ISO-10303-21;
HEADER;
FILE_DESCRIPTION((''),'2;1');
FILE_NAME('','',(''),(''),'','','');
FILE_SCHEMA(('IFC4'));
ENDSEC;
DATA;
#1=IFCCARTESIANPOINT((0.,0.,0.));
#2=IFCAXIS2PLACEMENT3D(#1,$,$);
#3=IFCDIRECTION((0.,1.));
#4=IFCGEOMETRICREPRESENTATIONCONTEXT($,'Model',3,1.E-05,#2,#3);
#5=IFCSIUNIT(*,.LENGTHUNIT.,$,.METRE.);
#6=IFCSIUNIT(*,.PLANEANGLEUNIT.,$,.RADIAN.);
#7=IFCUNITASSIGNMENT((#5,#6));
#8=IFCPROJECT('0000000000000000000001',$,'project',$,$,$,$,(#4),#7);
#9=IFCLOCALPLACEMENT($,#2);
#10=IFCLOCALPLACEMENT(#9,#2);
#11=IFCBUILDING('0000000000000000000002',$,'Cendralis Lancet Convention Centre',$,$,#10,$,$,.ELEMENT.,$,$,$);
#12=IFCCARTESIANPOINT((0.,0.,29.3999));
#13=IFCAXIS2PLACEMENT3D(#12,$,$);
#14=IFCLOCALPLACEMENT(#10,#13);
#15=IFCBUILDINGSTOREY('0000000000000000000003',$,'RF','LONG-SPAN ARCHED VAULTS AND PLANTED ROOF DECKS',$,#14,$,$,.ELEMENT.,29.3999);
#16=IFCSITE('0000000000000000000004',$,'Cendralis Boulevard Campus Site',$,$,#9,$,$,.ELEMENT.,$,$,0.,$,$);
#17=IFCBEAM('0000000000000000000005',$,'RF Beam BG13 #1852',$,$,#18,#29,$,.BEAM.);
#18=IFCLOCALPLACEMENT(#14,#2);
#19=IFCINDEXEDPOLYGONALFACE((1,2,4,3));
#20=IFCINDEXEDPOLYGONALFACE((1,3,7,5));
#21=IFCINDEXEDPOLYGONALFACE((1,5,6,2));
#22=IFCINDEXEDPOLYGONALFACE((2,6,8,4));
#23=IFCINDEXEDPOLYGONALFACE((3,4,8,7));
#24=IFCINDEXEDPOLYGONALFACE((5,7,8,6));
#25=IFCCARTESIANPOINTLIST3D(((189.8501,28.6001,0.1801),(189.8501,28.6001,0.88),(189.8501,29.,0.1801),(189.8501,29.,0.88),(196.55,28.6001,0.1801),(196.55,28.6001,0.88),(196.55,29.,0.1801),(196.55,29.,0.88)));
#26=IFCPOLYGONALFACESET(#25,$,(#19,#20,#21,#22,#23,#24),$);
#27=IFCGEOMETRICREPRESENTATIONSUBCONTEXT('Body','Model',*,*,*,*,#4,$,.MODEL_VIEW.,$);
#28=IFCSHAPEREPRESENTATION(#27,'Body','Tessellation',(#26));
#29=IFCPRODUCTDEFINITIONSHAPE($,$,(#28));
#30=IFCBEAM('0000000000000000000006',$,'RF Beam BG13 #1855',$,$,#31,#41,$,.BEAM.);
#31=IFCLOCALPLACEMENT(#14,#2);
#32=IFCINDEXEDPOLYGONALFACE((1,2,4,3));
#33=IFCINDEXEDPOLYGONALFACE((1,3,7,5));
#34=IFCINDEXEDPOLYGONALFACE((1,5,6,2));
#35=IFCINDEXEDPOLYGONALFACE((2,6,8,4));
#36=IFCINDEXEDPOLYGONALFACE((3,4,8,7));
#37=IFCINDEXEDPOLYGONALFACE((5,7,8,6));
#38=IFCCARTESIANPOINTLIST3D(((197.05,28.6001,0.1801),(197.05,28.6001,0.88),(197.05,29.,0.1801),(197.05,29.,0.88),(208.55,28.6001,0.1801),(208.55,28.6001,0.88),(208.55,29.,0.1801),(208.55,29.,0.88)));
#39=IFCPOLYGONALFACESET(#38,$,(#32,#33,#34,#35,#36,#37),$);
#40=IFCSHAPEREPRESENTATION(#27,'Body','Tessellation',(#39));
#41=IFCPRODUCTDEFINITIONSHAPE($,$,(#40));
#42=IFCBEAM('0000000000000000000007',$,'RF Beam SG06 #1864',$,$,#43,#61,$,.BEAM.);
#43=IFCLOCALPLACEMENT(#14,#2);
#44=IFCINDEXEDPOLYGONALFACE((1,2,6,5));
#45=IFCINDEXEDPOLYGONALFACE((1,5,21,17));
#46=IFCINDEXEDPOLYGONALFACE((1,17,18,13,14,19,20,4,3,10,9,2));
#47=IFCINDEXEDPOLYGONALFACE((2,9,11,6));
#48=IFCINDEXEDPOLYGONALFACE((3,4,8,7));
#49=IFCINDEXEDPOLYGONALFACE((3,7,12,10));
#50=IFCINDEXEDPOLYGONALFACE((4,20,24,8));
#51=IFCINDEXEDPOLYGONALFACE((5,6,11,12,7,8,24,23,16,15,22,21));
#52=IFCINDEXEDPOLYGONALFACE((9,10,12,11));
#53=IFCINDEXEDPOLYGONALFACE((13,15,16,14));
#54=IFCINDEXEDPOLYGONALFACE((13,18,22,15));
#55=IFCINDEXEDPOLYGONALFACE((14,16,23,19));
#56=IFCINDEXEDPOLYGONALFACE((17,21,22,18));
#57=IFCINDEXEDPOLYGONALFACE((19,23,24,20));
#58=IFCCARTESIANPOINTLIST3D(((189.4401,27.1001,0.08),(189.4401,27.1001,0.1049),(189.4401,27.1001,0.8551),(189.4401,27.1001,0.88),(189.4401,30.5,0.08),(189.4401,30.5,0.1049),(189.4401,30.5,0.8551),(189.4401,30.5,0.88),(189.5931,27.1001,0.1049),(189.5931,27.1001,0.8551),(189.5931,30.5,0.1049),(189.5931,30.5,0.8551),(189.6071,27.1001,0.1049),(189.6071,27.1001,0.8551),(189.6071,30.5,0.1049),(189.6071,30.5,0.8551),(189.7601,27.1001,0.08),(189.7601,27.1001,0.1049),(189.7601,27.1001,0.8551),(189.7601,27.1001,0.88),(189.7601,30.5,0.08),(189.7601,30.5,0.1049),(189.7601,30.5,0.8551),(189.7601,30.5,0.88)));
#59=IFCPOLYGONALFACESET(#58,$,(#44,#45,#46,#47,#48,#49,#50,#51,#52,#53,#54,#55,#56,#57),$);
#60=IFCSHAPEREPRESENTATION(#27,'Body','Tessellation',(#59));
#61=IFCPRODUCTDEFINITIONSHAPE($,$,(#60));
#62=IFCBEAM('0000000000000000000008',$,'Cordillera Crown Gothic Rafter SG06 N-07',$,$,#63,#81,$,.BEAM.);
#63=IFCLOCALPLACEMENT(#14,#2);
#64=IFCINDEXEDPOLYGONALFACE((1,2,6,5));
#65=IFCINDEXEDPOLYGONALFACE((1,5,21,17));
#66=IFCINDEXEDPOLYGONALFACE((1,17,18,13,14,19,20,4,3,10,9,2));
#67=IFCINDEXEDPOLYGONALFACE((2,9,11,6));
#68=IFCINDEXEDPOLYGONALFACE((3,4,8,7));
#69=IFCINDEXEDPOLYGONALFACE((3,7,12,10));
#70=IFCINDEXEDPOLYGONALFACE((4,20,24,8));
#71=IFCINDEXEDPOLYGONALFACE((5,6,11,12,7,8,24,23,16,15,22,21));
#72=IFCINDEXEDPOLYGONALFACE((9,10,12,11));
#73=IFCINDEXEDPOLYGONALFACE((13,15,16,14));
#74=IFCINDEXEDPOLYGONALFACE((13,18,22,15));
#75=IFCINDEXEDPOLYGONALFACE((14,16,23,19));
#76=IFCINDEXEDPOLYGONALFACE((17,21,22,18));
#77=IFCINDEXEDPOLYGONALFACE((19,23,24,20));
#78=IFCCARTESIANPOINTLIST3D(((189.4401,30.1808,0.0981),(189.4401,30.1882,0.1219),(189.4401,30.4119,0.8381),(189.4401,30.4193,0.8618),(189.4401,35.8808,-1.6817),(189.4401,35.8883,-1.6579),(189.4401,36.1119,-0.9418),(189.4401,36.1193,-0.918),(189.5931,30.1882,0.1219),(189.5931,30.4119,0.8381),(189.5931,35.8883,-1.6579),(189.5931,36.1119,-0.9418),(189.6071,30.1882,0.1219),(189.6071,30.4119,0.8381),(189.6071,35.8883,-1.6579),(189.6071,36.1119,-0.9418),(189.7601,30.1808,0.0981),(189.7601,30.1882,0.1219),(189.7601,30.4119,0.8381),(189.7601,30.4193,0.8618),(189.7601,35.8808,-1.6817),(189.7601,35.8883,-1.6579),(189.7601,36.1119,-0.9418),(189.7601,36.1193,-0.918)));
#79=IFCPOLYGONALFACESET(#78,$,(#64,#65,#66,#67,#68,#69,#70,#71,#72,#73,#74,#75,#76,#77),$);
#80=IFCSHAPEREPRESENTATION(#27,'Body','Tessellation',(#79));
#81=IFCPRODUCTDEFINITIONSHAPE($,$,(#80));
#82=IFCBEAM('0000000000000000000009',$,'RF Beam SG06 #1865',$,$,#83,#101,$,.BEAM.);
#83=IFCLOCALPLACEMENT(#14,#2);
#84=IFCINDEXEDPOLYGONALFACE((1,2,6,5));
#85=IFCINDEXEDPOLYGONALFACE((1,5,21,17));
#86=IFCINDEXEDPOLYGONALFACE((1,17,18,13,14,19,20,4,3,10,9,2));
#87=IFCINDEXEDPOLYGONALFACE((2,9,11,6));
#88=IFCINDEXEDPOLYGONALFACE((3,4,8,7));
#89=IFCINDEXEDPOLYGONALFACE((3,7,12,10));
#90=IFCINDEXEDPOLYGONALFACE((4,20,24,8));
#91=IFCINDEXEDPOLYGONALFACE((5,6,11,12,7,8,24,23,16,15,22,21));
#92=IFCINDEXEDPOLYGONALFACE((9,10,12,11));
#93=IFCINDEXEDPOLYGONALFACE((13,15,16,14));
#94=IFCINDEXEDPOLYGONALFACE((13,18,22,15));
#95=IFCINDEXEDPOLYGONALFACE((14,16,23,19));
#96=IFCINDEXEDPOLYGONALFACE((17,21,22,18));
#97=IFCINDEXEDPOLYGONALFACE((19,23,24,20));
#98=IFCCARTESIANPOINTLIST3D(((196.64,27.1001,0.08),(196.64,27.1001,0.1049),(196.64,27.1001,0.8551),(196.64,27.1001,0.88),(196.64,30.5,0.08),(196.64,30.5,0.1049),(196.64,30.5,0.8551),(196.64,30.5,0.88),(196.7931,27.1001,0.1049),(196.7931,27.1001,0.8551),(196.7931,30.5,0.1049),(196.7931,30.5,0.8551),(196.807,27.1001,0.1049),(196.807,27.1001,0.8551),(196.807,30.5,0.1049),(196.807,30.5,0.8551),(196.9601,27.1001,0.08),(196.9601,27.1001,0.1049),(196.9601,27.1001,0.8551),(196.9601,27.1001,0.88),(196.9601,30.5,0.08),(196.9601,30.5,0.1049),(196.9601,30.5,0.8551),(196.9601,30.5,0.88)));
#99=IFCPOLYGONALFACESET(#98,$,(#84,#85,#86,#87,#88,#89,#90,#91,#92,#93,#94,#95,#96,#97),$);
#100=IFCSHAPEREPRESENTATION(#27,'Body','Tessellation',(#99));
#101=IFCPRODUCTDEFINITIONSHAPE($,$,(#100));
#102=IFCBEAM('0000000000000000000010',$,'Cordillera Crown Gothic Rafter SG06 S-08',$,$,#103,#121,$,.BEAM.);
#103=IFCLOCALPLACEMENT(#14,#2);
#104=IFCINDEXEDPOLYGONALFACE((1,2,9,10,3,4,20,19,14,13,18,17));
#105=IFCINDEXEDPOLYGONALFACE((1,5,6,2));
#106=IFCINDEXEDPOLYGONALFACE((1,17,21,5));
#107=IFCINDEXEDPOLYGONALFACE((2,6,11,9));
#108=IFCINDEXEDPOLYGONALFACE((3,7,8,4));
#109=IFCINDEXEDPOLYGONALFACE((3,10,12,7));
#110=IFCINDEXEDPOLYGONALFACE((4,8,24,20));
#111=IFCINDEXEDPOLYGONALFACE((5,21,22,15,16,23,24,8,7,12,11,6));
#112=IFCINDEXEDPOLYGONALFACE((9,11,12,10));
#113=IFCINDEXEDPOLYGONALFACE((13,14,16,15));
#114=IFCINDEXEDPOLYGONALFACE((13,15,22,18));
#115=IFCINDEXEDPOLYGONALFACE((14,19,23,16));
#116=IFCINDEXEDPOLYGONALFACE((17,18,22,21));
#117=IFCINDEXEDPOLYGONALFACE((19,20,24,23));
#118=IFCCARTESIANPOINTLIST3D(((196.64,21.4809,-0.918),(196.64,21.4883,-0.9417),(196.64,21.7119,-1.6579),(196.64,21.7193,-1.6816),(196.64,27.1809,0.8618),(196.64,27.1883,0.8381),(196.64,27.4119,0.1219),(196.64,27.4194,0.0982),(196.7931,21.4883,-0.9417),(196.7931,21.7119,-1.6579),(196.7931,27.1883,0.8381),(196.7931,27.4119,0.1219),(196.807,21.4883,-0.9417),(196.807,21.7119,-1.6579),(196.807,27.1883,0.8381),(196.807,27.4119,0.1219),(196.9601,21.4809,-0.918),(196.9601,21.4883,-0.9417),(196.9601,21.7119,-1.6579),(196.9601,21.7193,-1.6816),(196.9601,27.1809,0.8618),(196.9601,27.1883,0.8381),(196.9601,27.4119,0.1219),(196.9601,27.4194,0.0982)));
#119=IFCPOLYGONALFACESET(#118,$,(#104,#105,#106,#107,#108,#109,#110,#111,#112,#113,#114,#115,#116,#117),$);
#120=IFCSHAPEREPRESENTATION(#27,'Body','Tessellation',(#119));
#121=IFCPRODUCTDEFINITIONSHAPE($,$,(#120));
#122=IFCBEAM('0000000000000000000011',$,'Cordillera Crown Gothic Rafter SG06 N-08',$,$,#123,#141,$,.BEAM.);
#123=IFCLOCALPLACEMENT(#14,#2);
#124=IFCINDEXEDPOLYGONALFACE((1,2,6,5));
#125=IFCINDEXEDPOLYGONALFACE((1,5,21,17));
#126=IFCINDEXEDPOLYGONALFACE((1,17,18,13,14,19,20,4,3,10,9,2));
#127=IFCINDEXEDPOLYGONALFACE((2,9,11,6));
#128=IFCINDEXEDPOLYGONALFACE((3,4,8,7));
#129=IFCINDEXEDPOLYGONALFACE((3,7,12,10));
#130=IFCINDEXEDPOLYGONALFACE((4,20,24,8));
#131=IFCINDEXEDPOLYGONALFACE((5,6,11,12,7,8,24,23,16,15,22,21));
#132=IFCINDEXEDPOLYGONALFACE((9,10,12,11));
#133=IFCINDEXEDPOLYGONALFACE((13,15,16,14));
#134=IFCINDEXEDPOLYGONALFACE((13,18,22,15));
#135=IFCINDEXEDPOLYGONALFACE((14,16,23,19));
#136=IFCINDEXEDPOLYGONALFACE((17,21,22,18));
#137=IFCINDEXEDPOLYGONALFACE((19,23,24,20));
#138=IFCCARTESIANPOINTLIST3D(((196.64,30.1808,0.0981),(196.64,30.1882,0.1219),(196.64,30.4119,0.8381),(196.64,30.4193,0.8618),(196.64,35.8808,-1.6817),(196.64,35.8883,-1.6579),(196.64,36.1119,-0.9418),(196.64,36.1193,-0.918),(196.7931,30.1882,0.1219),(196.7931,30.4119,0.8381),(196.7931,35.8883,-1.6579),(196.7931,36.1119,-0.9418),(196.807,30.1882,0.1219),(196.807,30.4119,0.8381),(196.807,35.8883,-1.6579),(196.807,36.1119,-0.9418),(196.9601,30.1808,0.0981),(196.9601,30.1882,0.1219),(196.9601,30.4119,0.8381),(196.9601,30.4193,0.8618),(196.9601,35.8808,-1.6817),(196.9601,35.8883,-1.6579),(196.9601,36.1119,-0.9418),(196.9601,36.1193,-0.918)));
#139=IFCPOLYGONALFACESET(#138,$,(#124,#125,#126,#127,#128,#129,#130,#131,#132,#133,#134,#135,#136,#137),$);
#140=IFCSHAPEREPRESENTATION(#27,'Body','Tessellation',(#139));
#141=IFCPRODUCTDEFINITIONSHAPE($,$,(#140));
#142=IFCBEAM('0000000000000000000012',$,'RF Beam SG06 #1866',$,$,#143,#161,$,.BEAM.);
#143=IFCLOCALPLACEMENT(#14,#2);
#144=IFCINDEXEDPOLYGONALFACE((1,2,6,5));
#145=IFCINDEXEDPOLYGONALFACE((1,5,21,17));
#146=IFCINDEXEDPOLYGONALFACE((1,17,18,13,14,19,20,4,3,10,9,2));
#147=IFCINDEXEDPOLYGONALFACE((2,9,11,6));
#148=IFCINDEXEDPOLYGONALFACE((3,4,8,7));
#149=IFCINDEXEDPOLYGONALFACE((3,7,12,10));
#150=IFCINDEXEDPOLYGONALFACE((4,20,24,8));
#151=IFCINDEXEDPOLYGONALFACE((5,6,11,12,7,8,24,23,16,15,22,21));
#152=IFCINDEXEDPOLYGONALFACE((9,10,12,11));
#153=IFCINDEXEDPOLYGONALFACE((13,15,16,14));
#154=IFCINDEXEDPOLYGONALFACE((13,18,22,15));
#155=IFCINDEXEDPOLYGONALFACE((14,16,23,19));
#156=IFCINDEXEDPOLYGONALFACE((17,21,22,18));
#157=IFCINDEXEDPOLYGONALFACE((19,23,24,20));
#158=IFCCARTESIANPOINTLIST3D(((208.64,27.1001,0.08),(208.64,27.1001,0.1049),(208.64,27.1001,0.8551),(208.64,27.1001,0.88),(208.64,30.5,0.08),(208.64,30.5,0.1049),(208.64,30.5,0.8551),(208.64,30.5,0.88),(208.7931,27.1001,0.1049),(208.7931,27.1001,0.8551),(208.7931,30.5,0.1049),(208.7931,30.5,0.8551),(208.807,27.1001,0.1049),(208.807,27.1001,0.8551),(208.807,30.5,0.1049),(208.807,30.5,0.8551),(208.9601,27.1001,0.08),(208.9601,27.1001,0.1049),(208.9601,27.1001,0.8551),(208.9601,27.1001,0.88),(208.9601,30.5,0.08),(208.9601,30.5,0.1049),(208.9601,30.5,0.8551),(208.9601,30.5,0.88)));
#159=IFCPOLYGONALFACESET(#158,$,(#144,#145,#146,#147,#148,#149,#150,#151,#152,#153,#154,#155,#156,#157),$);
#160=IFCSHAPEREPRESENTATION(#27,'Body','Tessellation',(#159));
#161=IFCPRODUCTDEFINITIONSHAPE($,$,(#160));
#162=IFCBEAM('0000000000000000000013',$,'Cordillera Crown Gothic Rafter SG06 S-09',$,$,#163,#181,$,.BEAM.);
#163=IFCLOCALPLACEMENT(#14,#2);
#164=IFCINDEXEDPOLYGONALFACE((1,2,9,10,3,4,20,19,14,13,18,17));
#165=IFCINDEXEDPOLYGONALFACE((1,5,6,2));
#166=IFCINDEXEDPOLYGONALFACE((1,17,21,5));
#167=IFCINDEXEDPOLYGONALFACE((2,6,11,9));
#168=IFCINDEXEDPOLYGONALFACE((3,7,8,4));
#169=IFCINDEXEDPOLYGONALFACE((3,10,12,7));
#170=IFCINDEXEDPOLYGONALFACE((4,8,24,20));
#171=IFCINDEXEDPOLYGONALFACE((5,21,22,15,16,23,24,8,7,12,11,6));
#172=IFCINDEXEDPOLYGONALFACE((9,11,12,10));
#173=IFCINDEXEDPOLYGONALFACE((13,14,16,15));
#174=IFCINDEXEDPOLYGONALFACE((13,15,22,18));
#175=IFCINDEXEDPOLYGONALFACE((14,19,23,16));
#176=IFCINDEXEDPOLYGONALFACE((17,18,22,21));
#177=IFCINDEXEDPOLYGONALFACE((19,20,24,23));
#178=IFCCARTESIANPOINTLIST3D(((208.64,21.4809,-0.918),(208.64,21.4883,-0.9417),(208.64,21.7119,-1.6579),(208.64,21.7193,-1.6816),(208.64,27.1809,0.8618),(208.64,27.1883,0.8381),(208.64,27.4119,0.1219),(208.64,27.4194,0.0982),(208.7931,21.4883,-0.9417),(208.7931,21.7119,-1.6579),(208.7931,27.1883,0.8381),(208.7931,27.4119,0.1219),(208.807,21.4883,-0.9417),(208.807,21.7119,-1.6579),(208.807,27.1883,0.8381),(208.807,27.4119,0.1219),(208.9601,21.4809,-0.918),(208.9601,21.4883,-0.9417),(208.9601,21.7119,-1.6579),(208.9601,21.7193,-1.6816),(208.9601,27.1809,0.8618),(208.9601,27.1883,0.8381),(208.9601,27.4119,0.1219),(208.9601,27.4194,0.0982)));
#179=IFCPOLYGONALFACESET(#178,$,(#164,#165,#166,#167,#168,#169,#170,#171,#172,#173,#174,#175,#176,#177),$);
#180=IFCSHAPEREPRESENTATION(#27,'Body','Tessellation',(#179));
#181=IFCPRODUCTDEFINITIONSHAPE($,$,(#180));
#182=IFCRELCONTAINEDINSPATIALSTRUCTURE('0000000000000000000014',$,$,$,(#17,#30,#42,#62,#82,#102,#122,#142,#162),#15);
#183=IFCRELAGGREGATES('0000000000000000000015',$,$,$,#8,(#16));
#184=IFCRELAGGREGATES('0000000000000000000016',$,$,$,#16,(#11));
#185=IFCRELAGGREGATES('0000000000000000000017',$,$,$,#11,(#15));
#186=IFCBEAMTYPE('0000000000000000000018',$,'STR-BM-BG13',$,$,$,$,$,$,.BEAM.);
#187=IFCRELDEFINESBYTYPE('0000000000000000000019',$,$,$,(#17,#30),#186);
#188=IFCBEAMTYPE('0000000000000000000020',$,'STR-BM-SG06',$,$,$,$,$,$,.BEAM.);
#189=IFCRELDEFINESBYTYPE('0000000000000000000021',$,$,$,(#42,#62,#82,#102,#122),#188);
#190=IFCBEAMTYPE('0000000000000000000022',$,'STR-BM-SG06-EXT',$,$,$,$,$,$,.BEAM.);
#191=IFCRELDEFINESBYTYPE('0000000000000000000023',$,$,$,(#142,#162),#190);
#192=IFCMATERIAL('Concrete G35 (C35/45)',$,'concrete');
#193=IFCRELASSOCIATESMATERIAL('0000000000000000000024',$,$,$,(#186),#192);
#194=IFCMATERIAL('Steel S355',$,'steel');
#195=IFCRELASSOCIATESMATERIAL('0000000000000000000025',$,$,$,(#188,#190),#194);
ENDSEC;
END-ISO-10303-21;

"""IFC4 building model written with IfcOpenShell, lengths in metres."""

from ifc_helpers import new_model, si_unit, direction, frame, origin, origin_2d, place, context, subcontext, project, spatial, rectangle, i_section, extrude, material, material_profile, profile_set, type_object, element, save


model = new_model("IFC4")

# Units and contexts
model_context = context("Model", 3, precision=1e-05, world=origin(), true_north=direction((0.0, 1.0)))
body_context = subcontext(model_context, "Body", "Model", "MODEL_VIEW")
ifc_project = project(units=[si_unit("LENGTHUNIT", "METRE"), si_unit("PLANEANGLEUNIT", "RADIAN")], contexts=[model_context])

# Site, building, storey
site_placement = place(None, origin())
site = spatial("IfcSite", under=ifc_project, at=site_placement, Name="Cendralis Boulevard Campus Site", CompositionType="ELEMENT", RefElevation=0.0)
building_placement = place(site_placement, origin())
building = spatial("IfcBuilding", under=site, at=building_placement, Name="Cendralis Lancet Convention Centre", CompositionType="ELEMENT")
storey_placement = place(building_placement, frame((0.0, 0.0, 29.3999)))
storey = spatial("IfcBuildingStorey", under=building, at=storey_placement, Name="RF", Description="LONG-SPAN ARCHED VAULTS AND PLANTED ROOF DECKS", CompositionType="ELEMENT", Elevation=29.3999)

# Beams
ifc_material_1 = material(Name="Concrete G35 (C35/45)", Category="concrete")
ifc_material_profile_1 = material_profile(ifc_material_1, rectangle(XDim=0.3999, YDim=0.7, at=origin_2d()), Name="RCB 400x700")
ifc_profile_set_1 = profile_set([ifc_material_profile_1], Name="Concrete G35 (C35/45)")
beam_type_1 = type_object("IfcBeamType", Name="STR-BM-BG13", PredefinedType="BEAM", material=ifc_profile_set_1)
beam_1_placement = place(storey_placement, frame((189.8501, 28.8, 0.53), z_axis=(1.0, 0.0, 0.0), x_axis=(0.0, 1.0, 0.0)))
element("IfcBeam", 1, at=beam_1_placement, inside=storey, type_object=beam_type_1, Name="RF Beam BG13 #1852", PredefinedType="BEAM", context=body_context, shape_type="SweptSolid", body=[
    extrude(rectangle(XDim=0.3999, YDim=0.7, at=origin_2d()), origin(), (0.0, 0.0, 1.0), 6.7),
])
beam_2_placement = place(storey_placement, frame((197.05, 28.8, 0.53), z_axis=(1.0, 0.0, 0.0), x_axis=(0.0, 1.0, 0.0)))
element("IfcBeam", 2, at=beam_2_placement, inside=storey, type_object=beam_type_1, Name="RF Beam BG13 #1855", PredefinedType="BEAM", context=body_context, shape_type="SweptSolid", body=[
    extrude(rectangle(XDim=0.3999, YDim=0.7, at=origin_2d()), origin(), (0.0, 0.0, 1.0), 11.5),
])
ifc_material_2 = material(Name="Steel S355", Category="steel")
ifc_material_profile_2 = material_profile(ifc_material_2, i_section(OverallWidth=0.3201, OverallDepth=0.8, WebThickness=0.0139, FlangeThickness=0.0249, at=origin_2d()), Name="PG 800x320")
ifc_profile_set_2 = profile_set([ifc_material_profile_2], Name="Steel S355")
beam_type_2 = type_object("IfcBeamType", Name="STR-BM-SG06", PredefinedType="BEAM", material=ifc_profile_set_2)
beam_3_placement = place(storey_placement, frame((189.6001, 27.1001, 0.48), z_axis=(0.0, 1.0, 0.0), x_axis=(-1.0, 0.0, 0.0)))
element("IfcBeam", 3, at=beam_3_placement, inside=storey, type_object=beam_type_2, Name="RF Beam SG06 #1864", PredefinedType="BEAM", context=body_context, shape_type="SweptSolid", body=[
    extrude(i_section(OverallWidth=0.3201, OverallDepth=0.8, WebThickness=0.0139, FlangeThickness=0.0249, at=origin_2d()), origin(), (0.0, 0.0, 1.0), 3.3999),
])
beam_4_placement = place(storey_placement, frame((189.6001, 30.3, 0.48), z_axis=(0.0, 0.954549, -0.298054), x_axis=(-1.0, 0.0, 0.0)))
element("IfcBeam", 4, at=beam_4_placement, inside=storey, type_object=beam_type_2, Name="Cordillera Crown Gothic Rafter SG06 N-07", PredefinedType="BEAM", context=body_context, shape_type="SweptSolid", body=[
    extrude(i_section(OverallWidth=0.3201, OverallDepth=0.8, WebThickness=0.0139, FlangeThickness=0.0249, at=origin_2d()), origin(), (0.0, 0.0, 1.0), 5.9714),
])
beam_5_placement = place(storey_placement, frame((196.8, 27.1001, 0.48), z_axis=(0.0, 1.0, 0.0), x_axis=(-1.0, 0.0, 0.0)))
element("IfcBeam", 5, at=beam_5_placement, inside=storey, type_object=beam_type_2, Name="RF Beam SG06 #1865", PredefinedType="BEAM", context=body_context, shape_type="SweptSolid", body=[
    extrude(i_section(OverallWidth=0.3201, OverallDepth=0.8, WebThickness=0.0139, FlangeThickness=0.0249, at=origin_2d()), origin(), (0.0, 0.0, 1.0), 3.3999),
])
for number, where, z_axis, x_axis, name in (
    (6, (196.8, 21.6001, -1.2998), (0.0, 0.954549, 0.298054), (-1.0, 0.0, 0.0), "Cordillera Crown Gothic Rafter SG06 S-08"),
    (7, (196.8, 30.3, 0.48), (0.0, 0.954549, -0.298054), (-1.0, 0.0, 0.0), "Cordillera Crown Gothic Rafter SG06 N-08"),
):
    element("IfcBeam", number, at=place(storey_placement, frame(where, z_axis=z_axis, x_axis=x_axis)), inside=storey, type_object=beam_type_2, Name=name, PredefinedType="BEAM", context=body_context, shape_type="SweptSolid", body=[
        extrude(i_section(OverallWidth=0.3201, OverallDepth=0.8, WebThickness=0.0139, FlangeThickness=0.0249, at=origin_2d()), origin(), (0.0, 0.0, 1.0), 5.9714),
    ])
ifc_material_profile_3 = material_profile(ifc_material_2, i_section(OverallWidth=0.3201, OverallDepth=0.8, WebThickness=0.0139, FlangeThickness=0.0249, at=origin_2d()), Name="PG 800x320")
ifc_profile_set_3 = profile_set([ifc_material_profile_3], Name="Steel S355")
beam_type_3 = type_object("IfcBeamType", Name="STR-BM-SG06-EXT", PredefinedType="BEAM", material=ifc_profile_set_3)
beam_6_placement = place(storey_placement, frame((208.8, 27.1001, 0.48), z_axis=(0.0, 1.0, 0.0), x_axis=(-1.0, 0.0, 0.0)))
element("IfcBeam", 8, at=beam_6_placement, inside=storey, type_object=beam_type_3, Name="RF Beam SG06 #1866", PredefinedType="BEAM", context=body_context, shape_type="SweptSolid", body=[
    extrude(i_section(OverallWidth=0.3201, OverallDepth=0.8, WebThickness=0.0139, FlangeThickness=0.0249, at=origin_2d()), origin(), (0.0, 0.0, 1.0), 3.3999),
])
for number, where, z_axis, x_axis, name in (
    (9, (208.8, 21.6001, -1.2998), (0.0, 0.954549, 0.298054), (-1.0, 0.0, 0.0), "Cordillera Crown Gothic Rafter SG06 S-09"),
):
    element("IfcBeam", number, at=place(storey_placement, frame(where, z_axis=z_axis, x_axis=x_axis)), inside=storey, type_object=beam_type_3, Name=name, PredefinedType="BEAM", context=body_context, shape_type="SweptSolid", body=[
        extrude(i_section(OverallWidth=0.3201, OverallDepth=0.8, WebThickness=0.0139, FlangeThickness=0.0249, at=origin_2d()), origin(), (0.0, 0.0, 1.0), 5.9714),
    ])

save(model, "model.ifc")
